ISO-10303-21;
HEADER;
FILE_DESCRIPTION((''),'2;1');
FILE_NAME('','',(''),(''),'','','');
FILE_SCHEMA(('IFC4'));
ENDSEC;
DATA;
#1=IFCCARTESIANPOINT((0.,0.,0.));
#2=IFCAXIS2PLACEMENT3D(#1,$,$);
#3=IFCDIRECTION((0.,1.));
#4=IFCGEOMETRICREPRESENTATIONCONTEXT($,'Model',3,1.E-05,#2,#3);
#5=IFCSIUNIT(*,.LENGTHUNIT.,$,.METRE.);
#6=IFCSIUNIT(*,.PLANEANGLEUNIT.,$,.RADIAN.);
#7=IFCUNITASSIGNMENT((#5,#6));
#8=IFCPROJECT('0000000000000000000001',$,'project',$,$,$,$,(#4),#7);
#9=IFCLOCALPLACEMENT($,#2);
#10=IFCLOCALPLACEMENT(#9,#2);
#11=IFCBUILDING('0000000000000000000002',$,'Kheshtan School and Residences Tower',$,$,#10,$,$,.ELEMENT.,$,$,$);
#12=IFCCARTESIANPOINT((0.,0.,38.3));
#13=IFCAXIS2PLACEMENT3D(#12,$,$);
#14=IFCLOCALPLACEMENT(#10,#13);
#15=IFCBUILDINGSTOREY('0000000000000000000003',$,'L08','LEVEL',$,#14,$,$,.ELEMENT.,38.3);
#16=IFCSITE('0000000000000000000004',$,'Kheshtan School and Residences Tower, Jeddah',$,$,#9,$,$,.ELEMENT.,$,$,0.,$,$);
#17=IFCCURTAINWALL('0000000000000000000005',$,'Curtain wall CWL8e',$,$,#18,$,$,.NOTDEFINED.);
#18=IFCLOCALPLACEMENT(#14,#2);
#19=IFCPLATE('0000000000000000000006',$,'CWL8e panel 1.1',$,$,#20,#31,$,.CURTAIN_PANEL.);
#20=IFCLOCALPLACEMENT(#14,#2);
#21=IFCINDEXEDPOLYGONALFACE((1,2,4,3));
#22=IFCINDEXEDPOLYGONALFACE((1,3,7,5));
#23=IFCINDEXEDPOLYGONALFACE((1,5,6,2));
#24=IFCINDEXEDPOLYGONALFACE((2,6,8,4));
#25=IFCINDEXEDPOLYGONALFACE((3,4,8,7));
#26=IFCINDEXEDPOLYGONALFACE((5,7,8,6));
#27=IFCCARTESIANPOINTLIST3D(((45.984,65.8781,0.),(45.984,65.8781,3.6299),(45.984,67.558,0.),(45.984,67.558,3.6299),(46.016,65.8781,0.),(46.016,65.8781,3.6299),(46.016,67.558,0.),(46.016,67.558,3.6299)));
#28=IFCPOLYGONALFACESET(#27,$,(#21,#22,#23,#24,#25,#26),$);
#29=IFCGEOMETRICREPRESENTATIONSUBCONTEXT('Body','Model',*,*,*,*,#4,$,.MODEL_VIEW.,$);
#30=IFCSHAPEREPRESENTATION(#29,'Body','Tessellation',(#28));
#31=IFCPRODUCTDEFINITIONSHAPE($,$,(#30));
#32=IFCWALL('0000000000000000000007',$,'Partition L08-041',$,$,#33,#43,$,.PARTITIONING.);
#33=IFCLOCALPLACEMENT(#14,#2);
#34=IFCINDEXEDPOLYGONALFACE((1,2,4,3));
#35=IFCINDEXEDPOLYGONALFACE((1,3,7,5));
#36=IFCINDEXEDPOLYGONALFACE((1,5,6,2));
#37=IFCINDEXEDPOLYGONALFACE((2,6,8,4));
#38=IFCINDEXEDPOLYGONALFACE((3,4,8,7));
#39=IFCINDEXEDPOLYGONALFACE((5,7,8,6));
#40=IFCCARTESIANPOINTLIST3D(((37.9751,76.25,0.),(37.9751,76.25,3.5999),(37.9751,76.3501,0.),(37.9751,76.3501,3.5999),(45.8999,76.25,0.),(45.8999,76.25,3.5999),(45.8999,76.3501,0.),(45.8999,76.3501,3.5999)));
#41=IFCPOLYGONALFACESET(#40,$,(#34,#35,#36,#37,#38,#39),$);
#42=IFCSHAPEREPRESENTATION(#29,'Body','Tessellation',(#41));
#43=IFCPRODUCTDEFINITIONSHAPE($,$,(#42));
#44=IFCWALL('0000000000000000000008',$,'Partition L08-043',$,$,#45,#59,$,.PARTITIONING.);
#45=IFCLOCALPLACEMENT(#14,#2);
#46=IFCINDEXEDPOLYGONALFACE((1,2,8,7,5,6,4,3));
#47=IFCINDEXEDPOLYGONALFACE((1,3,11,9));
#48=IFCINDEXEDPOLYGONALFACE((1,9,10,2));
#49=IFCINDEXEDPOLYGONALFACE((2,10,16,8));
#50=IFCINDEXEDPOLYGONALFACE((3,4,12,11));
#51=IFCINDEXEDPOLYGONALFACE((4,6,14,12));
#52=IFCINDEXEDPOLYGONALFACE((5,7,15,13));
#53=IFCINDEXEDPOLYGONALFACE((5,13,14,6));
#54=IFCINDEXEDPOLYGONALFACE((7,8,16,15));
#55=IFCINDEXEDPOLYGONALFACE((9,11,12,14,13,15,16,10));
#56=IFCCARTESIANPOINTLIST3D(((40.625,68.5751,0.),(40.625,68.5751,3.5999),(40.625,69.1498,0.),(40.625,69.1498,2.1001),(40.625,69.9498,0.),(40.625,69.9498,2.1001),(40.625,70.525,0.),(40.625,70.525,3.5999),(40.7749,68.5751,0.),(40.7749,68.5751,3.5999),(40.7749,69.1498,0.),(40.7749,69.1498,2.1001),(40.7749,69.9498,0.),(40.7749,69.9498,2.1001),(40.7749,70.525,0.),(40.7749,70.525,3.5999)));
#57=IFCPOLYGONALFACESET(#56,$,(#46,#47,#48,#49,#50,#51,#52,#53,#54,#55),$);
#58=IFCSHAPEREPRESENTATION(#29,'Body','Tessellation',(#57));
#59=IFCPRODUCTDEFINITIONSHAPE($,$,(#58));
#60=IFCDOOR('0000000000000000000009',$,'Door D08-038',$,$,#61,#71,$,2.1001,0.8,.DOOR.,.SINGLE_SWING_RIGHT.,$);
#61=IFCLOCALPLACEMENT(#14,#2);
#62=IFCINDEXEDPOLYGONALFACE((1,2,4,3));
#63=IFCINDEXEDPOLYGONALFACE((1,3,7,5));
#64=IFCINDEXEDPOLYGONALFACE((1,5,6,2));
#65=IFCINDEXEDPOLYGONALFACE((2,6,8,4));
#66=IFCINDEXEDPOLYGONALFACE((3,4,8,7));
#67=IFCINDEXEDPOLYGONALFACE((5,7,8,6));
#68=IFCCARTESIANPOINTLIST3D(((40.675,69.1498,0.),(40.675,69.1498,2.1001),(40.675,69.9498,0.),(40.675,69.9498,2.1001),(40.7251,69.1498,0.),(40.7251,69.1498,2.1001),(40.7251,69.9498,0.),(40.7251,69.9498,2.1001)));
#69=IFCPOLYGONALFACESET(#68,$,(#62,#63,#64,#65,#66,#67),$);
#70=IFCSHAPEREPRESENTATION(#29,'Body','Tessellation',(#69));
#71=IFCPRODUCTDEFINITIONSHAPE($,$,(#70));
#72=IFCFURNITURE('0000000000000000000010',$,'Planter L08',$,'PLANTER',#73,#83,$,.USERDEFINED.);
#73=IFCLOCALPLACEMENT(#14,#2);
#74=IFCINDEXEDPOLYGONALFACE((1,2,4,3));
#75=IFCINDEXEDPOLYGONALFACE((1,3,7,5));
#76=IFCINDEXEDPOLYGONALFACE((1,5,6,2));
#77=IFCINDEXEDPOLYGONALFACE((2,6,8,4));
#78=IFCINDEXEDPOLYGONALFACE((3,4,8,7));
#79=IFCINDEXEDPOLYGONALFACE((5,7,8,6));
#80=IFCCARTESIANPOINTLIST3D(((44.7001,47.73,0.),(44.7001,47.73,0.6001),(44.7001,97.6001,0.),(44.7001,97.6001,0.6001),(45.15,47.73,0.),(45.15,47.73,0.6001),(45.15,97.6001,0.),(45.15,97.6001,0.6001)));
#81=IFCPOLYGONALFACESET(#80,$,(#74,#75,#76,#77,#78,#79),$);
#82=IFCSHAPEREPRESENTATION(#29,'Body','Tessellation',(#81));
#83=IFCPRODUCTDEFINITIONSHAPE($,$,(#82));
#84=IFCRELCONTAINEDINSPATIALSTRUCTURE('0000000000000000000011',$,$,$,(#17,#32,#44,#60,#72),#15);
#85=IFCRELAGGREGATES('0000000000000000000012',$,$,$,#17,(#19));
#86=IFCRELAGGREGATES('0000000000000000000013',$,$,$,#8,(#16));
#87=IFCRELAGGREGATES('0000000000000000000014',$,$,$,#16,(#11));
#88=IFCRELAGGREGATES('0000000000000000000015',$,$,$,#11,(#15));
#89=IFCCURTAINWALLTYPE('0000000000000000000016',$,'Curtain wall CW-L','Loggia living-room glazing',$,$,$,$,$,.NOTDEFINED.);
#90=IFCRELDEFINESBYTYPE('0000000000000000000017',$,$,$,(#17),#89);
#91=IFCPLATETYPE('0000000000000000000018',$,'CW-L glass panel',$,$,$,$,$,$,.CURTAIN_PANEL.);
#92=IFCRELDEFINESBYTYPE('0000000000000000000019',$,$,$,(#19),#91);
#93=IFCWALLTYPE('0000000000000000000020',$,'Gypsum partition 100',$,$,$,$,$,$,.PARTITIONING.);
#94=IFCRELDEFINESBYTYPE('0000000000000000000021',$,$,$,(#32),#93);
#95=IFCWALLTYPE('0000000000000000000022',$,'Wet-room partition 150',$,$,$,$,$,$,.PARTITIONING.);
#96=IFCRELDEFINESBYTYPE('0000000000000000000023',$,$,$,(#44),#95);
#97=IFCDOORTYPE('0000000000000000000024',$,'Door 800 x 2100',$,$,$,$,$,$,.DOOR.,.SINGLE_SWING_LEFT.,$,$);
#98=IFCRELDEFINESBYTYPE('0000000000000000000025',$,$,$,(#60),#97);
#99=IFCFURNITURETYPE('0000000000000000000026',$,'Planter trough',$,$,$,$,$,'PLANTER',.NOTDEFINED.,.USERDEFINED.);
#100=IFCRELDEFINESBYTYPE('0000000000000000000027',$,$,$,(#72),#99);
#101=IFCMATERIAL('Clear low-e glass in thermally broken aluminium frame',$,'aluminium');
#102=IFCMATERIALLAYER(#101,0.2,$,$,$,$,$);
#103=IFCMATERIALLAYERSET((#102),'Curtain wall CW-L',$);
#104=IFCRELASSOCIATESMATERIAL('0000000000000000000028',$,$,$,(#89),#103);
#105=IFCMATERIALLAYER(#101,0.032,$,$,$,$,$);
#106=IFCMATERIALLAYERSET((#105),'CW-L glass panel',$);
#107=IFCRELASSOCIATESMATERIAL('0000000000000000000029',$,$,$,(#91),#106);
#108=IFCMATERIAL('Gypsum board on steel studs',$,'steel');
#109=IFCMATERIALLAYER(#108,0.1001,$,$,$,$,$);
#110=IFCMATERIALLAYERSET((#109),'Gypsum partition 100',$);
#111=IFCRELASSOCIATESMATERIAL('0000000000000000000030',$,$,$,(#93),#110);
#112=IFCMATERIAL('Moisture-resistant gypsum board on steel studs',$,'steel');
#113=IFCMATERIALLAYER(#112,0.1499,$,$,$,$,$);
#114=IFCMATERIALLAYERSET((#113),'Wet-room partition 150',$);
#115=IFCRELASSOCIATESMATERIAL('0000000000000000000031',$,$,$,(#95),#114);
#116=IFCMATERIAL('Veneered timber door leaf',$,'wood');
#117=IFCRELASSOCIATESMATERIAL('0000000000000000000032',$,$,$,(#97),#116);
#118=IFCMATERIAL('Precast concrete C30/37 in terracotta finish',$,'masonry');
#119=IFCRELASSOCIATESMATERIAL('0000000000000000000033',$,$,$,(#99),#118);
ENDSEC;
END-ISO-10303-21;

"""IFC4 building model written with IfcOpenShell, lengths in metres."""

from ifc_helpers import new_model, si_unit, direction, frame, frame_2d, origin, origin_2d, place, context, subcontext, project, spatial, rectangle, extrude, source, transform, mapped, material, layer, layer_set, type_object, element, fill, aggregate, save


model = new_model("IFC4")

# Units and contexts
model_context = context("Model", 3, precision=1e-05, world=origin(), true_north=direction((0.0, 1.0)))
body_context = subcontext(model_context, "Body", "Model", "MODEL_VIEW")
ifc_project = project(units=[si_unit("LENGTHUNIT", "METRE"), si_unit("PLANEANGLEUNIT", "RADIAN")], contexts=[model_context])

# Site, building, storey
site_placement = place(None, origin())
site = spatial("IfcSite", under=ifc_project, at=site_placement, Name="Kheshtan School and Residences Tower, Jeddah", CompositionType="ELEMENT", RefElevation=0.0)
building_placement = place(site_placement, origin())
building = spatial("IfcBuilding", under=site, at=building_placement, Name="Kheshtan School and Residences Tower", CompositionType="ELEMENT")
storey_placement = place(building_placement, frame((0.0, 0.0, 38.3)))
storey = spatial("IfcBuildingStorey", under=building, at=storey_placement, Name="L08", Description="LEVEL", CompositionType="ELEMENT", Elevation=38.3)

# Shared definitions
ifc_material_1 = material(Name="Clear low-e glass in thermally broken aluminium frame", Category="aluminium")
ifc_layer_1 = layer(ifc_material_1, 0.2)
ifc_layer_set_1 = layer_set([ifc_layer_1], Name="Curtain wall CW-L")
curtain_wall_type = type_object("IfcCurtainWallType", Name="Curtain wall CW-L", Description="Loggia living-room glazing", PredefinedType="NOTDEFINED", material=ifc_layer_set_1)

# Curtain wall
curtain_wall_1_placement = place(storey_placement, origin())
curtain_wall_1 = element("IfcCurtainWall", 1, at=curtain_wall_1_placement, inside=storey, type_object=curtain_wall_type, Name="Curtain wall CWL8e", PredefinedType="NOTDEFINED")

# Plate
ifc_layer_2 = layer(ifc_material_1, 0.032)
ifc_layer_set_2 = layer_set([ifc_layer_2], Name="CW-L glass panel")
plate_type = type_object("IfcPlateType", Name="CW-L glass panel", PredefinedType="CURTAIN_PANEL", material=ifc_layer_set_2)
plate_1_placement = place(storey_placement, frame((46.0, 66.718, 0.0), z_axis=(0.0, 0.0, 1.0), x_axis=(0.0, -1.0, 0.0)))
plate_1 = element("IfcPlate", 2, at=plate_1_placement, type_object=plate_type, Name="CWL8e panel 1.1", PredefinedType="CURTAIN_PANEL", context=body_context, shape_type="SweptSolid", body=[
    extrude(rectangle(XDim=1.6799, YDim=0.032, at=origin_2d()), origin(), (0.0, 0.0, 1.0), 3.6299),
])
aggregate(curtain_wall_1, [plate_1])

# Wall
ifc_material_2 = material(Name="Gypsum board on steel studs", Category="steel")
ifc_layer_3 = layer(ifc_material_2, 0.1001)
ifc_layer_set_3 = layer_set([ifc_layer_3], Name="Gypsum partition 100")
wall_type_1 = type_object("IfcWallType", Name="Gypsum partition 100", PredefinedType="PARTITIONING", material=ifc_layer_set_3)
wall_1_placement = place(storey_placement, frame((37.9751, 76.3, 0.0), z_axis=(0.0, 0.0, 1.0), x_axis=(1.0, 0.0, 0.0)))
element("IfcWall", 3, at=wall_1_placement, inside=storey, type_object=wall_type_1, Name="Partition L08-041", PredefinedType="PARTITIONING", context=body_context, shape_type="SweptSolid", body=[
    extrude(rectangle(XDim=7.9248, YDim=0.1001, at=frame_2d((3.9624, 0.0))), origin(), (0.0, 0.0, 1.0), 3.5999),
])

# Wall, opening, door
ifc_material_3 = material(Name="Moisture-resistant gypsum board on steel studs", Category="steel")
ifc_layer_4 = layer(ifc_material_3, 0.1499)
ifc_layer_set_4 = layer_set([ifc_layer_4], Name="Wet-room partition 150")
wall_type_2 = type_object("IfcWallType", Name="Wet-room partition 150", PredefinedType="PARTITIONING", material=ifc_layer_set_4)
wall_2_placement = place(storey_placement, frame((40.7, 68.575, 0.0), z_axis=(0.0, 0.0, 1.0), x_axis=(0.0, 1.0, 0.0)))
wall_2 = element("IfcWall", 4, at=wall_2_placement, inside=storey, type_object=wall_type_2, Name="Partition L08-043", PredefinedType="PARTITIONING", context=body_context, shape_type="SweptSolid", body=[
    extrude(rectangle(XDim=1.95, YDim=0.1499, at=frame_2d((0.9751, 0.0))), origin(), (0.0, 0.0, 1.0), 3.5999),
])
opening_1_placement = place(wall_2_placement, frame((0.575, 0.0, 0.0)))
opening_1 = element("IfcOpeningElement", 5, at=opening_1_placement, cuts=wall_2, PredefinedType="OPENING", context=body_context, shape_type="SweptSolid", body=[
    extrude(rectangle(XDim=0.8, YDim=2.1001, at=frame_2d((0.3999, 1.05))), frame((0.0, 0.085, 0.0), z_axis=(0.0, -1.0, 0.0), x_axis=(1.0, 0.0, 0.0)), (0.0, 0.0, 1.0), 0.1699),
])
ifc_material_4 = material(Name="Veneered timber door leaf", Category="wood")
door_type_1 = type_object("IfcDoorType", Name="Door 800 x 2100", OperationType="SINGLE_SWING_LEFT", PredefinedType="DOOR", material=ifc_material_4)
shared_shape_1 = source(origin(), body_context, "Body", "SweptSolid", [
    extrude(rectangle(XDim=0.8, YDim=2.1001, at=frame_2d((0.3999, 1.05))), frame((0.0, 0.0249, 0.0), z_axis=(0.0, -1.0, 0.0), x_axis=(1.0, 0.0, 0.0)), (0.0, 0.0, 1.0), 0.05),
])
door_1_placement = place(opening_1_placement, origin())
door_1 = element("IfcDoor", 6, at=door_1_placement, inside=storey, type_object=door_type_1, Name="Door D08-038", OperationType="SINGLE_SWING_RIGHT", OverallHeight=2.1001, OverallWidth=0.8, PredefinedType="DOOR", context=body_context, shape_type="MappedRepresentation", body=[
    mapped(shared_shape_1, transform((0.0, 0.0, 0.0), x_axis=(1.0, 0.0, 0.0), y_axis=(0.0, 1.0, 0.0), z_axis=(0.0, 0.0, 1.0), scale=1.0)),
])
fill(opening_1, door_1)

# Furniture
ifc_material_5 = material(Name="Precast concrete C30/37 in terracotta finish", Category="masonry")
furniture_type = type_object("IfcFurnitureType", Name="Planter trough", ElementType="PLANTER", AssemblyPlace="NOTDEFINED", PredefinedType="USERDEFINED", material=ifc_material_5)
furniture_placement = place(storey_placement, frame((44.925, 72.665, 0.0), z_axis=(0.0, 0.0, 1.0), x_axis=(0.0, -1.0, 0.0)))
element("IfcFurniture", 7, at=furniture_placement, inside=storey, type_object=furniture_type, Name="Planter L08", ObjectType="PLANTER", PredefinedType="USERDEFINED", context=body_context, shape_type="SweptSolid", body=[
    extrude(rectangle(XDim=49.8701, YDim=0.45, at=origin_2d()), origin(), (0.0, 0.0, 1.0), 0.6001),
])

save(model, "model.ifc")
